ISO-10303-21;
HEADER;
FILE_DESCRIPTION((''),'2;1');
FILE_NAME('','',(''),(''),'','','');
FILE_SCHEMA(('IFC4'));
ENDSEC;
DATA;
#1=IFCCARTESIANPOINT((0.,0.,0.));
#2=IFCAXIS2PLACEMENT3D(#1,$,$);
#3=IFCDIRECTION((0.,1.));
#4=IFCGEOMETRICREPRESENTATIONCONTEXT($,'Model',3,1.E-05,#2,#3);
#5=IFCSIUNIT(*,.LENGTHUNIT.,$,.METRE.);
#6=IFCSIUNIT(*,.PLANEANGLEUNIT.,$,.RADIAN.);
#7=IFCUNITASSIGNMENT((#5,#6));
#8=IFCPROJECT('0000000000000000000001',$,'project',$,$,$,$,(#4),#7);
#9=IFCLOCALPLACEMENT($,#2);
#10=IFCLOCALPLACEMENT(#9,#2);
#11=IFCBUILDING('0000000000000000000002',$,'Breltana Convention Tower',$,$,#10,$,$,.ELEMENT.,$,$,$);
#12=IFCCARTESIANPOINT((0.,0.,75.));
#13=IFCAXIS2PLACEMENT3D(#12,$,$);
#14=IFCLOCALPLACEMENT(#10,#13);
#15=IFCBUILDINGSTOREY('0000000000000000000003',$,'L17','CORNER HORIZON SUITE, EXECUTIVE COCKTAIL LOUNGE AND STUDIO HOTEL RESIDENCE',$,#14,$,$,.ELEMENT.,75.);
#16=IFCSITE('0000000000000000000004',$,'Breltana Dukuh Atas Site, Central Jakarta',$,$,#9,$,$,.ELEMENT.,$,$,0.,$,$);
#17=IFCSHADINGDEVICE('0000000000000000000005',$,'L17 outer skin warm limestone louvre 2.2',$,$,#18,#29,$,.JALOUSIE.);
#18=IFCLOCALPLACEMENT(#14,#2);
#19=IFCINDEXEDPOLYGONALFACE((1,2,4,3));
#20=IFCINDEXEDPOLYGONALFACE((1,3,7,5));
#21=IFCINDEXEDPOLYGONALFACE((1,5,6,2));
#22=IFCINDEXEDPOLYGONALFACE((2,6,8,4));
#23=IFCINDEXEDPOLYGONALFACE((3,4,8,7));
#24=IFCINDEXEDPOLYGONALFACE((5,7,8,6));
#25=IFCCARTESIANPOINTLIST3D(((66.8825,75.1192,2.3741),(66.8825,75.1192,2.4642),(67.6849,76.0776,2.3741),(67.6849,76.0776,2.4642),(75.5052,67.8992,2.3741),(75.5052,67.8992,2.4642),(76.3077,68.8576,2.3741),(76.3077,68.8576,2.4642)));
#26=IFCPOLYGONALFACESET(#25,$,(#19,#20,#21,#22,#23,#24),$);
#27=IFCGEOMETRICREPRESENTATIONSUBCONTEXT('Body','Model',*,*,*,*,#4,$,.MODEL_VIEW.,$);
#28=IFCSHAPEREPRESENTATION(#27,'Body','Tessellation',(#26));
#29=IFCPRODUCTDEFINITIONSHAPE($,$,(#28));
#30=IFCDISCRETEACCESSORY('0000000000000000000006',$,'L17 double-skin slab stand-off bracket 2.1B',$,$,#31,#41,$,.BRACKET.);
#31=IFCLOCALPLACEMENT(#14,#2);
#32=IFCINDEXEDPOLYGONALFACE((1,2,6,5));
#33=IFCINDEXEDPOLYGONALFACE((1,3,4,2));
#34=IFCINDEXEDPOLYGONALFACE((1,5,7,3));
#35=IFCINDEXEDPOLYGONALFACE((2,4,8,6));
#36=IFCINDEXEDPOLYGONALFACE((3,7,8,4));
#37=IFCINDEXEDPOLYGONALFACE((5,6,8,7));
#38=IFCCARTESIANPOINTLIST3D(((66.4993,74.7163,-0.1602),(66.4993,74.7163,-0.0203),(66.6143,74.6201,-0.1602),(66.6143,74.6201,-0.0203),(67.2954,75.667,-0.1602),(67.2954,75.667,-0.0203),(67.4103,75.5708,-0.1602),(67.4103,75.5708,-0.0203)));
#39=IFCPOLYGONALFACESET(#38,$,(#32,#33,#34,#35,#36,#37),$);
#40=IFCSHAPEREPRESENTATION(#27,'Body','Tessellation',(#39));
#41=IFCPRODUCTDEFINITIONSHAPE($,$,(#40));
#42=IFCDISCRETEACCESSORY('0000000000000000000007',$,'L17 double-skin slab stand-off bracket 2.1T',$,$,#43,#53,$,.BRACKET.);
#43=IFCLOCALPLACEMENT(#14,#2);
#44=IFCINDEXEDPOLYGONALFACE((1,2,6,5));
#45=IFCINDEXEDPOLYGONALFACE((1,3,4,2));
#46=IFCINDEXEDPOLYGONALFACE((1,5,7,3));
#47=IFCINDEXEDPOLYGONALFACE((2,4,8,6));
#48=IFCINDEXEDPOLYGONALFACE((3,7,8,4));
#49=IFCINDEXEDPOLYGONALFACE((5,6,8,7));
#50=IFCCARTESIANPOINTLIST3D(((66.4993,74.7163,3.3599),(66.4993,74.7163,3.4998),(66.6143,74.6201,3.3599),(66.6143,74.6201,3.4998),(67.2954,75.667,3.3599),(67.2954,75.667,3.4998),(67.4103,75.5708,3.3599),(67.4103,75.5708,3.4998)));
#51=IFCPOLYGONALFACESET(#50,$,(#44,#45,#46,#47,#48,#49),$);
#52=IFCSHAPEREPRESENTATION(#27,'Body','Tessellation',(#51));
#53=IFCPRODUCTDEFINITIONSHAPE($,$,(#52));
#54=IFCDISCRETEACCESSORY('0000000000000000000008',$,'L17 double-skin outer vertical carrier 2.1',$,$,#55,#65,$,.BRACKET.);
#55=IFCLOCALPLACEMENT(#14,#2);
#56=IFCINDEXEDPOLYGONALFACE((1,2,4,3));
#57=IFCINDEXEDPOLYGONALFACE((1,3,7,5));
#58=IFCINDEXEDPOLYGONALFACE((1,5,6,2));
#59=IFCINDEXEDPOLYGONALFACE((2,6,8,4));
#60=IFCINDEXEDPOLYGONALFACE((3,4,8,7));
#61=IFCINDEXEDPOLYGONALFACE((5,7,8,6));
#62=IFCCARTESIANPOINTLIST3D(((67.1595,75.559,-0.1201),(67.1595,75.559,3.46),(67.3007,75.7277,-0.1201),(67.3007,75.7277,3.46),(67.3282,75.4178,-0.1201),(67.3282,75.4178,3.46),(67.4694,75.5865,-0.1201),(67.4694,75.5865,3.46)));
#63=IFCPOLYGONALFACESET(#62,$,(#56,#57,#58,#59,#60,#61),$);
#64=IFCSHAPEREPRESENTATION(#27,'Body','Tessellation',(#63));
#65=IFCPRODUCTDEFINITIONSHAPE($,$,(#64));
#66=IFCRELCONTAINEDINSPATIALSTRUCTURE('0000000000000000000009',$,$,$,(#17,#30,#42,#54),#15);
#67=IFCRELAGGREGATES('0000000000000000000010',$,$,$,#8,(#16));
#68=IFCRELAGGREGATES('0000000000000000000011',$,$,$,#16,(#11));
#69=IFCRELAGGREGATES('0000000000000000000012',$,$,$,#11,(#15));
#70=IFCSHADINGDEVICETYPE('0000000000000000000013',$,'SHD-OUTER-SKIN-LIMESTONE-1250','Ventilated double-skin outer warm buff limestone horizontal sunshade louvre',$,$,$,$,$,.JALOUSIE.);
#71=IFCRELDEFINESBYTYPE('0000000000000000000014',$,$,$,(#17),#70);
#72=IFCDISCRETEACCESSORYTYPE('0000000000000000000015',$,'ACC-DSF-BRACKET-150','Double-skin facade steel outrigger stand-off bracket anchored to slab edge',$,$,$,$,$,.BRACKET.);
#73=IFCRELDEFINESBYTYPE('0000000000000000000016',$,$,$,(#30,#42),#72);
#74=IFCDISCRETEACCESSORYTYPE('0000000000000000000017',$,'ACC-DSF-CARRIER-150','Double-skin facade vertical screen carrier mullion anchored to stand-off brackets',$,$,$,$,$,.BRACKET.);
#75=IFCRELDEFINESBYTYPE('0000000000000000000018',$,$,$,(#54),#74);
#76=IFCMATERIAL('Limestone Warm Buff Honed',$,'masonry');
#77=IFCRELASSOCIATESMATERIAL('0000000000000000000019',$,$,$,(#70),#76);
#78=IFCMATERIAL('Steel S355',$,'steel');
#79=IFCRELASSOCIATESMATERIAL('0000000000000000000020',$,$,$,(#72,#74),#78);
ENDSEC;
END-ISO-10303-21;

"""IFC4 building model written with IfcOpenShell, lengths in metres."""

from ifc_helpers import new_model, si_unit, direction, frame, origin, origin_2d, place, context, subcontext, project, spatial, rectangle, extrude, source, transform, mapped, material, material_profile, profile_set, type_object, type_shapes, element, save


model = new_model("IFC4")

# Units and contexts
model_context = context("Model", 3, precision=1e-05, world=origin(), true_north=direction((0.0, 1.0)))
body_context = subcontext(model_context, "Body", "Model", "MODEL_VIEW")
ifc_project = project(units=[si_unit("LENGTHUNIT", "METRE"), si_unit("PLANEANGLEUNIT", "RADIAN")], contexts=[model_context])

# Site, building, storey
site_placement = place(None, origin())
site = spatial("IfcSite", under=ifc_project, at=site_placement, Name="Breltana Dukuh Atas Site, Central Jakarta", CompositionType="ELEMENT", RefElevation=0.0)
building_placement = place(site_placement, origin())
building = spatial("IfcBuilding", under=site, at=building_placement, Name="Breltana Convention Tower", CompositionType="ELEMENT")
storey_placement = place(building_placement, frame((0.0, 0.0, 75.0)))
storey = spatial("IfcBuildingStorey", under=building, at=storey_placement, Name="L17", Description="CORNER HORIZON SUITE, EXECUTIVE COCKTAIL LOUNGE AND STUDIO HOTEL RESIDENCE", CompositionType="ELEMENT", Elevation=75.0)

# Shading device
ifc_material_1 = material(Name="Limestone Warm Buff Honed", Category="masonry")
ifc_material_profile_1 = material_profile(ifc_material_1, rectangle(XDim=1.25, YDim=0.0901, at=origin_2d()), Name="STN-LVR-1250X90")
ifc_profile_set_1 = profile_set([ifc_material_profile_1], Name="Limestone Warm Buff Honed")
shading_device_type = type_object("IfcShadingDeviceType", Name="SHD-OUTER-SKIN-LIMESTONE-1250", Description="Ventilated double-skin outer warm buff limestone horizontal sunshade louvre", PredefinedType="JALOUSIE", material=ifc_profile_set_1)
shared_shape_1 = source(origin(), body_context, "Body", "SweptSolid", [
    extrude(rectangle(XDim=1.25, YDim=0.0901, at=origin_2d()), origin(), (0.0, 0.0, 1.0), 11.2463),
])
for number, where, z_axis, x_axis, name in (
    (1, (67.2837, 75.5984, 2.4192), (0.766719, -0.641983, 0.0), (0.641983, 0.766719, 0.0), "L17 outer skin warm limestone louvre 2.2"),
):
    element("IfcShadingDevice", number, at=place(storey_placement, frame(where, z_axis=z_axis, x_axis=x_axis)), inside=storey, type_object=shading_device_type, Name=name, PredefinedType="JALOUSIE", context=body_context, shape_type="MappedRepresentation", body=[
        mapped(shared_shape_1, transform((0.0, 0.0, 0.0), scale=1.0)),
    ])

# Discrete accessories
ifc_material_2 = material(Name="Steel S355", Category="steel")
discrete_accessory_type_1 = type_object("IfcDiscreteAccessoryType", Name="ACC-DSF-BRACKET-150", Description="Double-skin facade steel outrigger stand-off bracket anchored to slab edge", PredefinedType="BRACKET", material=ifc_material_2)
shared_shape_2 = source(origin(), body_context, "Body", "SweptSolid", [
    extrude(rectangle(XDim=1.24, YDim=0.1499, at=origin_2d()), origin(), (0.0, 0.0, 1.0), 0.1399),
])
type_shapes(discrete_accessory_type_1, [shared_shape_2])
for number, where, z_axis, x_axis, name in (
    (2, (66.9548, 75.1436, -0.1602), (0.0, 0.0, 1.0), (0.64199, 0.766713, 0.0), "L17 double-skin slab stand-off bracket 2.1B"),
    (3, (66.9548, 75.1436, 3.3599), (0.0, 0.0, 1.0), (0.64199, 0.766713, 0.0), "L17 double-skin slab stand-off bracket 2.1T"),
):
    element("IfcDiscreteAccessory", number, at=place(storey_placement, frame(where, z_axis=z_axis, x_axis=x_axis)), inside=storey, type_object=discrete_accessory_type_1, Name=name, PredefinedType="BRACKET", context=body_context, shape_type="MappedRepresentation", body=[
        mapped(shared_shape_2, transform((0.0, 0.0, 0.0), scale=1.0)),
    ])
discrete_accessory_type_2 = type_object("IfcDiscreteAccessoryType", Name="ACC-DSF-CARRIER-150", Description="Double-skin facade vertical screen carrier mullion anchored to stand-off brackets", PredefinedType="BRACKET", material=ifc_material_2)
shared_shape_3 = source(origin(), body_context, "Body", "SweptSolid", [
    extrude(rectangle(XDim=0.22, YDim=0.22, at=origin_2d()), origin(), (0.0, 0.0, 1.0), 3.5801),
])
discrete_accessory_placement = place(storey_placement, frame((67.3145, 75.5728, -0.1201), z_axis=(0.0, 0.0, 1.0), x_axis=(0.64199, 0.766713, 0.0)))
element("IfcDiscreteAccessory", 4, at=discrete_accessory_placement, inside=storey, type_object=discrete_accessory_type_2, Name="L17 double-skin outer vertical carrier 2.1", PredefinedType="BRACKET", context=body_context, shape_type="MappedRepresentation", body=[
    mapped(shared_shape_3, transform((0.0, 0.0, 0.0), scale=1.0)),
])

save(model, "model.ifc")
